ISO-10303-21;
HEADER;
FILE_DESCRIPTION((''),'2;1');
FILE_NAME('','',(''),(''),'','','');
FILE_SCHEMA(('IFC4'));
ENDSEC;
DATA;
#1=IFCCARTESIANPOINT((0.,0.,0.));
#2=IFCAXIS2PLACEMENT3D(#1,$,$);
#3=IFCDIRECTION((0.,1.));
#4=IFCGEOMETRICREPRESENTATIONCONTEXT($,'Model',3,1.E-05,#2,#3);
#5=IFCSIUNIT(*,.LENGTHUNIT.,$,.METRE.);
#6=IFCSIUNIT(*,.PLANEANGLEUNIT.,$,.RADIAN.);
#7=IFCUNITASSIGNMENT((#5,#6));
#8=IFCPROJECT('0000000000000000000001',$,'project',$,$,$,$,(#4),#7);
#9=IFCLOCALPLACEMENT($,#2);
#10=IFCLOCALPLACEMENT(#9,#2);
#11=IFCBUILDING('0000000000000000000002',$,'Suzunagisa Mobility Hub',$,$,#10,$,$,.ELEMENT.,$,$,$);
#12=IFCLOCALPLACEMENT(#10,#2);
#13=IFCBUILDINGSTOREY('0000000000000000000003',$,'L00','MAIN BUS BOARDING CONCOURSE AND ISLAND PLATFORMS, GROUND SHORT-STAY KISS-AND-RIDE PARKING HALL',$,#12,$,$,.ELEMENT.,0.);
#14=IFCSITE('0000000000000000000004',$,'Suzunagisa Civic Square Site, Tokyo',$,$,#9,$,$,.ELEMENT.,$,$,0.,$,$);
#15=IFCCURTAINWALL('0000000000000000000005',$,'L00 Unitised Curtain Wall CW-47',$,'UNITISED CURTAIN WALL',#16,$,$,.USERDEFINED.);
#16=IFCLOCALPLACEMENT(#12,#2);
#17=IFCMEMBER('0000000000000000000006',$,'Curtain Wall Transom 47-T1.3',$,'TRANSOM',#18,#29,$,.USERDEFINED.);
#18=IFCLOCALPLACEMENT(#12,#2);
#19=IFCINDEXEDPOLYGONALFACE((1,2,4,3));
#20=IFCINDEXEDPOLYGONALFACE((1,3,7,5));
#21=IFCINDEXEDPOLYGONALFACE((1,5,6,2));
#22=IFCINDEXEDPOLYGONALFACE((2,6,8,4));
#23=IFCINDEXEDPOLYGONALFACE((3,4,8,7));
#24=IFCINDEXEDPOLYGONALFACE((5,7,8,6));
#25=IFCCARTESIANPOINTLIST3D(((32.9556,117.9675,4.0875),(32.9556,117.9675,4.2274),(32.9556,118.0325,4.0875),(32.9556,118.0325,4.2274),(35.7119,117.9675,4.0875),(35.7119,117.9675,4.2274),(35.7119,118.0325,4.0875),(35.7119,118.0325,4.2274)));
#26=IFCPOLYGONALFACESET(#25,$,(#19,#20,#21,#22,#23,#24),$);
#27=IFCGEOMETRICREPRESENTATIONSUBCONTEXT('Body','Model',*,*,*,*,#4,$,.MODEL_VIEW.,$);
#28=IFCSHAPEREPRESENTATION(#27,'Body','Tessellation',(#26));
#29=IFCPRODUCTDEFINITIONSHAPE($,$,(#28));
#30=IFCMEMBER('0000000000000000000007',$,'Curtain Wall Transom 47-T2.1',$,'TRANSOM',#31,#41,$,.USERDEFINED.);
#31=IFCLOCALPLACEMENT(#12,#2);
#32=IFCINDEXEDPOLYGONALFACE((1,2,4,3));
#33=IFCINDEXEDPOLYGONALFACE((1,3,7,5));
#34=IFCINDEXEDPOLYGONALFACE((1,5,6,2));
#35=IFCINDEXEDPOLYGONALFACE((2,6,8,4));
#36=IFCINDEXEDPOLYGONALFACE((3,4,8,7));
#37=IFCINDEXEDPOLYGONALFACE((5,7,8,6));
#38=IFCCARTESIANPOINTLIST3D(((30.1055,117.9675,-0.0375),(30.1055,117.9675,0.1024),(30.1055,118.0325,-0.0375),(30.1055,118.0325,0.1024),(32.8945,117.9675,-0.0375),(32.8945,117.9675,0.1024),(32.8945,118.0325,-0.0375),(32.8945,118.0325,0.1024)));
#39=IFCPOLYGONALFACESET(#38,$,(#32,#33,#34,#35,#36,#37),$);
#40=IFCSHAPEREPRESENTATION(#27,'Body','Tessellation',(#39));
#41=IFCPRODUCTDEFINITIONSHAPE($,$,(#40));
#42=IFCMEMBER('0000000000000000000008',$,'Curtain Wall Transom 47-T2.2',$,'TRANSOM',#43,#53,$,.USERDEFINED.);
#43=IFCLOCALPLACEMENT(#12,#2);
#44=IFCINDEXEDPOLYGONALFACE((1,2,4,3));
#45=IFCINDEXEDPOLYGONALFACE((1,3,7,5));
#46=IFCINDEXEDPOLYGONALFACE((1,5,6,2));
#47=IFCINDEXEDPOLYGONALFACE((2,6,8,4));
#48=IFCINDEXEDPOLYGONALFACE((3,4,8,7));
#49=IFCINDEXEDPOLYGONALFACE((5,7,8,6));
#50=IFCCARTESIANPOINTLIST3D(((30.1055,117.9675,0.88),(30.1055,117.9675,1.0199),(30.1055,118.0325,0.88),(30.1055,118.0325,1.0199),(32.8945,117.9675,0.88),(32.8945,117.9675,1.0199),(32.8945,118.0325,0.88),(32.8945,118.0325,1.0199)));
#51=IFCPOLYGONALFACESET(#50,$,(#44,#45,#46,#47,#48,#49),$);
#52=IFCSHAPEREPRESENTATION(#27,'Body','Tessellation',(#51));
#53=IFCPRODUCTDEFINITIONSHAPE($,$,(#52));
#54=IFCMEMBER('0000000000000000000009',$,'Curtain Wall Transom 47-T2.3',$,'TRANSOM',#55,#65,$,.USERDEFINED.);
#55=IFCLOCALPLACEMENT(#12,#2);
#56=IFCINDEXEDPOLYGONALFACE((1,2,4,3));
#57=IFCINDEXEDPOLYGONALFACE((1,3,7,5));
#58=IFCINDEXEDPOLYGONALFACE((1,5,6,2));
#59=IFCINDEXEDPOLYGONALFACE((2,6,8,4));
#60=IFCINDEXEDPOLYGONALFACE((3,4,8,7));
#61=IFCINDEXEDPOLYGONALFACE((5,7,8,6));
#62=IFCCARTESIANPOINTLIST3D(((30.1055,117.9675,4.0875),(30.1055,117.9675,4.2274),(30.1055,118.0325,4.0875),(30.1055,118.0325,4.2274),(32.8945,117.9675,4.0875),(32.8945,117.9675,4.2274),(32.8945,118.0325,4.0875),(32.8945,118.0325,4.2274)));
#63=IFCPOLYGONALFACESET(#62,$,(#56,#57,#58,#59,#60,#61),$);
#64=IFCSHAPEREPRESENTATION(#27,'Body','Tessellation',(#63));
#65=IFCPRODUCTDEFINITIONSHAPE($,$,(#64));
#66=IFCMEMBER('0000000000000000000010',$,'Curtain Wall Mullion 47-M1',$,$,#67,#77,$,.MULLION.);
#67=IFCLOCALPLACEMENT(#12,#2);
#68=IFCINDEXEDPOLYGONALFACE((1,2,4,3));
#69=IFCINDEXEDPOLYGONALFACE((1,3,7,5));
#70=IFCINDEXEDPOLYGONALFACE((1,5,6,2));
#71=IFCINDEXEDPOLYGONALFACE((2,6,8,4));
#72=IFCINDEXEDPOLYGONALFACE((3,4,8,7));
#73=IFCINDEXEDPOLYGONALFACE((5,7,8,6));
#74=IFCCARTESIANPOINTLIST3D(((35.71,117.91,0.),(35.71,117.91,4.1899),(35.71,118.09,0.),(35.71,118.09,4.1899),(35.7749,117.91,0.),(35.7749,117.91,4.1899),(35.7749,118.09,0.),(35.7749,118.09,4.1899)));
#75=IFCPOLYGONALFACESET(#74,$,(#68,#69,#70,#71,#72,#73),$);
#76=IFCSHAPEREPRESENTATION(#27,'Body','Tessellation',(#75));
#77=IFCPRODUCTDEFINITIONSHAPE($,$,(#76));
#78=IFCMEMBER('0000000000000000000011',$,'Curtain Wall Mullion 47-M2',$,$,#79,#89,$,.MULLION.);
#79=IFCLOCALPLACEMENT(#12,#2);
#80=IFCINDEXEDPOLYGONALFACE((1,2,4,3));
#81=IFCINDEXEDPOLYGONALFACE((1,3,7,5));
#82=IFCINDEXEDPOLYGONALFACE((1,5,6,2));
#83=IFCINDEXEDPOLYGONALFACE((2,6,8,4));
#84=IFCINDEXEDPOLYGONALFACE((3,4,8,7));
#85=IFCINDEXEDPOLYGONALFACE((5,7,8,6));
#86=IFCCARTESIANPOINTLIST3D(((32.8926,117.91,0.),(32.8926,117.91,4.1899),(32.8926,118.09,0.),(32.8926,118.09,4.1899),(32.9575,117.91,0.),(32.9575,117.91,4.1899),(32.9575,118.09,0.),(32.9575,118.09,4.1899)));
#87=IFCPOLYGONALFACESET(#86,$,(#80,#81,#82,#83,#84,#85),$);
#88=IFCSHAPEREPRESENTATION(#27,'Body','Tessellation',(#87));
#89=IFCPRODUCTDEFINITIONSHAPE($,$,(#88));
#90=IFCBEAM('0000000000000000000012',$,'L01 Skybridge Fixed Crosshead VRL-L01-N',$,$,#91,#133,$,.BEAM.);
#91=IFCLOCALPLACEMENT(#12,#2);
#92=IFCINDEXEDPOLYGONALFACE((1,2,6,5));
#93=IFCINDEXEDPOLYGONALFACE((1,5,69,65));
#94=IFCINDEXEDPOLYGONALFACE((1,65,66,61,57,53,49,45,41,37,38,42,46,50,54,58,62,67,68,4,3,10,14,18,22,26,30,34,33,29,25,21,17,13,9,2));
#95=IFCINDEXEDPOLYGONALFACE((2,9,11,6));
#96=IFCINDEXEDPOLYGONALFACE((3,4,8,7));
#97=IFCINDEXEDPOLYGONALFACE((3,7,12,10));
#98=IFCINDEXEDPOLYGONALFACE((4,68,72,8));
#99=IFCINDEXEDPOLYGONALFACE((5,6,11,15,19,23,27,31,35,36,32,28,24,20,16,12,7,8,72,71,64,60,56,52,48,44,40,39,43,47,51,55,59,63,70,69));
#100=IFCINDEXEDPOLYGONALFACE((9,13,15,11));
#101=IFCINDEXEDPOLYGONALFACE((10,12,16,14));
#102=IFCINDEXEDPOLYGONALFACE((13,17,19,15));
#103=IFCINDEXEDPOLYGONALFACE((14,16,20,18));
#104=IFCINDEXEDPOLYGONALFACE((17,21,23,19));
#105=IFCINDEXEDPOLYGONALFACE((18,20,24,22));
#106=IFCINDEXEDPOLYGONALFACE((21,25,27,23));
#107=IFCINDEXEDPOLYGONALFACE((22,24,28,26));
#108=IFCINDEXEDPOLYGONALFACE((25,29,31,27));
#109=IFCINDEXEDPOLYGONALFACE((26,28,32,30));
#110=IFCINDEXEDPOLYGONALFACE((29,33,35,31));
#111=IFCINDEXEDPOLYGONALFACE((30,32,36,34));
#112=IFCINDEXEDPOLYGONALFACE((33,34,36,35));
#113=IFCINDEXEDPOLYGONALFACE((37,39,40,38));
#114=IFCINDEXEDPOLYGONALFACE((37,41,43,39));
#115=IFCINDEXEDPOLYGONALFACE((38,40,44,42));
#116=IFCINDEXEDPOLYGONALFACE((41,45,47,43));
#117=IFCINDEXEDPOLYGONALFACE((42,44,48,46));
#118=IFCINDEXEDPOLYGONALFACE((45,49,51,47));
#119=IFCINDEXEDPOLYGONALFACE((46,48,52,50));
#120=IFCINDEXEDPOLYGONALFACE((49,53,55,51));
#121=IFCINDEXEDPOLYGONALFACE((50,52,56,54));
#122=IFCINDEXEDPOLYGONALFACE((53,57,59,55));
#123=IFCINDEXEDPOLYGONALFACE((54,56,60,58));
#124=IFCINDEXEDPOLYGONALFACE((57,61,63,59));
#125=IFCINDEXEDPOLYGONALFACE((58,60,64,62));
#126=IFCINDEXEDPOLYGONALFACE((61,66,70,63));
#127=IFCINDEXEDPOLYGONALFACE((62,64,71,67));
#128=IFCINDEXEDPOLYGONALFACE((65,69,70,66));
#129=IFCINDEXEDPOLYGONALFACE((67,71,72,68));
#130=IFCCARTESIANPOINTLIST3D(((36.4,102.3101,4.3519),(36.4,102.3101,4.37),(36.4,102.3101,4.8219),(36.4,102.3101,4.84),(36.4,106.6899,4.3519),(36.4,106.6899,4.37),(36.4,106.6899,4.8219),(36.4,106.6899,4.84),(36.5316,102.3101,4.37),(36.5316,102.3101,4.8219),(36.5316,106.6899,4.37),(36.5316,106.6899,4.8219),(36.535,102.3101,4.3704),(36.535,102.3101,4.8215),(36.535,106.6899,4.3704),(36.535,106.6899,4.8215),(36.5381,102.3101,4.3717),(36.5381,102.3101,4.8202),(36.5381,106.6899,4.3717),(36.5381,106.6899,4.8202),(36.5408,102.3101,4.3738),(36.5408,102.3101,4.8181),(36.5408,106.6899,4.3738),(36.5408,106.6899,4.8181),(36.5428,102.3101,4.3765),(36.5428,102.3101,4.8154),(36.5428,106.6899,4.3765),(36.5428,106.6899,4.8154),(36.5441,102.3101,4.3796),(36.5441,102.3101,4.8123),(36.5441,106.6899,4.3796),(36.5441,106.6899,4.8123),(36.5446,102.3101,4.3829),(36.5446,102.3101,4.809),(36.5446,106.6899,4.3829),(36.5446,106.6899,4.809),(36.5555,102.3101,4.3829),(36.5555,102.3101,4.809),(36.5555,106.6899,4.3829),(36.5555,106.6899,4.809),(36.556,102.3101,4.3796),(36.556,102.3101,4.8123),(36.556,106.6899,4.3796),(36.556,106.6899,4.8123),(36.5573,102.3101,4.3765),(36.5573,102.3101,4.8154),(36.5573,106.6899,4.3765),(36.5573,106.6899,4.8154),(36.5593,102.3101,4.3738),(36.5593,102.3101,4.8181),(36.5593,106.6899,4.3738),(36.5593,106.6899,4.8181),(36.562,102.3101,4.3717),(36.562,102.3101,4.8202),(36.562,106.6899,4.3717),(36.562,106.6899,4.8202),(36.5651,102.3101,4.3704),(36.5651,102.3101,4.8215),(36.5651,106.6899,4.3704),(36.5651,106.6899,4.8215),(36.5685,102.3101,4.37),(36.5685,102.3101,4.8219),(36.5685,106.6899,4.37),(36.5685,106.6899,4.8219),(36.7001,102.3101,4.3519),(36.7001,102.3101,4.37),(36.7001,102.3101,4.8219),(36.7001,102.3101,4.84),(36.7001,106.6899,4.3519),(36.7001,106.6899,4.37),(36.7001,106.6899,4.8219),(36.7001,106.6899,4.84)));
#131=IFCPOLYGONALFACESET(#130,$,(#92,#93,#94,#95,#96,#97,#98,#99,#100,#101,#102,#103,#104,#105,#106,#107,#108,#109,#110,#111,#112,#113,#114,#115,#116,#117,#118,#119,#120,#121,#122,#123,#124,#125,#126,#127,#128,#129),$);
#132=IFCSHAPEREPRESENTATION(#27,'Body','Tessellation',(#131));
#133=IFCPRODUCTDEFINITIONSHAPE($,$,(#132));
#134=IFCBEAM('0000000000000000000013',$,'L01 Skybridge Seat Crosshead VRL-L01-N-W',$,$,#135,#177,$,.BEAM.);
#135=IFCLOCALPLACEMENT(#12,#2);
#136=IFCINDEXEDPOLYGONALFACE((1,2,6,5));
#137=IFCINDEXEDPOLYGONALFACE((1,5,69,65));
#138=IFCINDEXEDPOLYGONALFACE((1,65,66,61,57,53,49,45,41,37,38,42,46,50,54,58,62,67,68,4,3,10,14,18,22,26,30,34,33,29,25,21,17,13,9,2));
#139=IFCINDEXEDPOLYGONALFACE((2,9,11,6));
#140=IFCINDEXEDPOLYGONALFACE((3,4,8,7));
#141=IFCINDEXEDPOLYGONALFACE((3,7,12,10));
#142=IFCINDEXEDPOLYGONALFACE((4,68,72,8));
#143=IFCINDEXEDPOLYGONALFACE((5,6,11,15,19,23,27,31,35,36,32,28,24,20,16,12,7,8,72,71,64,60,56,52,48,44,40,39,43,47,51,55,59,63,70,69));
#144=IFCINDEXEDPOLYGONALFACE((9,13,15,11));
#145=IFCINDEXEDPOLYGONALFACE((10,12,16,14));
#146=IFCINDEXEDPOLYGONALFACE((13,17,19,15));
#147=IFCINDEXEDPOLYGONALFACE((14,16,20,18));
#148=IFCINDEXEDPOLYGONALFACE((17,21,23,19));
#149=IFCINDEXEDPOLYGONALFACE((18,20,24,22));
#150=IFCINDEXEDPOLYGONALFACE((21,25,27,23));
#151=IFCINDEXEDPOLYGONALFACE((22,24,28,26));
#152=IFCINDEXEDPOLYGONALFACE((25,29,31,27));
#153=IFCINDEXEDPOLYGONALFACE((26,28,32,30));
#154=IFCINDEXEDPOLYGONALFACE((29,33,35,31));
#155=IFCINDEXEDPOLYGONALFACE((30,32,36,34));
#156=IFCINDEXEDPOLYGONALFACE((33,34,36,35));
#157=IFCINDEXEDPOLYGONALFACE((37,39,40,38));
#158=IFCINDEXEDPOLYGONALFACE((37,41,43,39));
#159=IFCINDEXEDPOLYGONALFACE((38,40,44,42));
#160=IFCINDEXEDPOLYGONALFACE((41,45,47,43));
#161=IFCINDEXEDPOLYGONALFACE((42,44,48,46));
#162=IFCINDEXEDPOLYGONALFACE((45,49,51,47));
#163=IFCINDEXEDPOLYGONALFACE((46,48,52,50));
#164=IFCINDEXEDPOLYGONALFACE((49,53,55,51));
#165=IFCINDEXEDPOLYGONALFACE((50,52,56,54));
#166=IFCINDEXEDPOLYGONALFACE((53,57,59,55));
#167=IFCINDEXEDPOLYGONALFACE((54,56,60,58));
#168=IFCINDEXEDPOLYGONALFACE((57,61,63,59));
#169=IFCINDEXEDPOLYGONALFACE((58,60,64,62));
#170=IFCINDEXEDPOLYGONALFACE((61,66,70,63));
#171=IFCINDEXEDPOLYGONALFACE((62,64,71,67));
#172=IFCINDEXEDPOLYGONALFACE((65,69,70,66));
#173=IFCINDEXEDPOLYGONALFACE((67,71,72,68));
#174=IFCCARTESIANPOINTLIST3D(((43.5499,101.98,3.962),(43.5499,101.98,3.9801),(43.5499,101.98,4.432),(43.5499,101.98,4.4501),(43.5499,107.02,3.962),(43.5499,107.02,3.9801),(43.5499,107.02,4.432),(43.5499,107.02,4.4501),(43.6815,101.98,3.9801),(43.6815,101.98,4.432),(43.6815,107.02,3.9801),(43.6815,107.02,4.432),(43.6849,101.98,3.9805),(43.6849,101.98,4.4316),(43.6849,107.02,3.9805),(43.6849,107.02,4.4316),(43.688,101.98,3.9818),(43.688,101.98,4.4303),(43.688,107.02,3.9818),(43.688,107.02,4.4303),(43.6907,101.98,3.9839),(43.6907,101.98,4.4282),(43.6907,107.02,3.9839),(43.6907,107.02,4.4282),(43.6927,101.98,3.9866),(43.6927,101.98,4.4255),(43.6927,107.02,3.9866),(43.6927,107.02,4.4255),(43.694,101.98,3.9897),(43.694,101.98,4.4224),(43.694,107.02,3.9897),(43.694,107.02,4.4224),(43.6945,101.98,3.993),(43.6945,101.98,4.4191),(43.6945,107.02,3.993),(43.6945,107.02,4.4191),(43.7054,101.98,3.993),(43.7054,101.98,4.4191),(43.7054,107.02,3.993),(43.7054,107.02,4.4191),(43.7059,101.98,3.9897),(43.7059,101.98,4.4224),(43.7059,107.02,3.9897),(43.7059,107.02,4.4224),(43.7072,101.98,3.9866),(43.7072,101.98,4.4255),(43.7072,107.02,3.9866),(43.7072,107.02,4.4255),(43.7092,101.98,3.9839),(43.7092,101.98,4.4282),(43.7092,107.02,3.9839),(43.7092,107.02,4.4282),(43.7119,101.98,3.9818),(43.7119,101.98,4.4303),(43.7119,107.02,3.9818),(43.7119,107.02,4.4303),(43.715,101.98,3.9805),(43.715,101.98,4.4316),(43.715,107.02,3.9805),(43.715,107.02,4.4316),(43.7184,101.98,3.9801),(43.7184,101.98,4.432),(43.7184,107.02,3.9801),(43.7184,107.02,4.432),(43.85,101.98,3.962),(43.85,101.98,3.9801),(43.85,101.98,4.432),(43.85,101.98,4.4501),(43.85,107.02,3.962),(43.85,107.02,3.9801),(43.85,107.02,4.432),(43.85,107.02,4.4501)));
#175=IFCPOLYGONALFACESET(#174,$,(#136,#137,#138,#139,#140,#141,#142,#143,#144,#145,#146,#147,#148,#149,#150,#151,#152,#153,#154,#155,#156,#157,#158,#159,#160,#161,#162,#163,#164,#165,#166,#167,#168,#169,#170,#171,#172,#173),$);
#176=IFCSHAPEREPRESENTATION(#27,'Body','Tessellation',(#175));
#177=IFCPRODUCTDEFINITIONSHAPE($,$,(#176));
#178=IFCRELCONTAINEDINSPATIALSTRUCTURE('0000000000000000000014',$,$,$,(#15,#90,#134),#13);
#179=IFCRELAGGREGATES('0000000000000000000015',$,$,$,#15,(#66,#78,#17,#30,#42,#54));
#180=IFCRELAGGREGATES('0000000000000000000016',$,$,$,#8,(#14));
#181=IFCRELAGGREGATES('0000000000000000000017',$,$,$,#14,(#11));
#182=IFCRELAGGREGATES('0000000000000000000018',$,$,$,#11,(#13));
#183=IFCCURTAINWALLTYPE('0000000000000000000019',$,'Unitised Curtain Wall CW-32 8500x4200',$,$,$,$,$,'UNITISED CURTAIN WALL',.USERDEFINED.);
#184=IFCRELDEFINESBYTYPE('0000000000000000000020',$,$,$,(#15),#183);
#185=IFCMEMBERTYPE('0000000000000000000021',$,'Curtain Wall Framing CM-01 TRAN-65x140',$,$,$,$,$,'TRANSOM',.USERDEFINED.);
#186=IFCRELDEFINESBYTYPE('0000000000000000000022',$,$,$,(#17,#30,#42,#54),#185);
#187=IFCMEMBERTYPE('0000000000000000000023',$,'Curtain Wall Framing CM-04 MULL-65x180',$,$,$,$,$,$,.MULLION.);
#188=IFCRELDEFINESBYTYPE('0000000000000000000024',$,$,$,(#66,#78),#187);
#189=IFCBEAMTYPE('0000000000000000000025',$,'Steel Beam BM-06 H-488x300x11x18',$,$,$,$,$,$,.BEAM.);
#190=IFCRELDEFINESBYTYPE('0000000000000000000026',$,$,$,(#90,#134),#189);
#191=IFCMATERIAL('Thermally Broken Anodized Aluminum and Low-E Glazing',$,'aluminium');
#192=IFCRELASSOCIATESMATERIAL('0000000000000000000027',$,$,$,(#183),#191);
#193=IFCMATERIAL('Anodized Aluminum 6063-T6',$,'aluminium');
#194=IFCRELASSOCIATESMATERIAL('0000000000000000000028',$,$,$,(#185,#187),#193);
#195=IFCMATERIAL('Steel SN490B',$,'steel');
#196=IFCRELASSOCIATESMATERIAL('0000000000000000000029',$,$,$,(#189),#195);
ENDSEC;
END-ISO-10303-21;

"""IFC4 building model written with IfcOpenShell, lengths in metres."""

from ifc_helpers import new_model, si_unit, direction, frame, origin, origin_2d, place, context, subcontext, project, spatial, rectangle, i_section, extrude, material, material_profile, profile_set, type_object, element, aggregate, save


model = new_model("IFC4")

# Units and contexts
model_context = context("Model", 3, precision=1e-05, world=origin(), true_north=direction((0.0, 1.0)))
body_context = subcontext(model_context, "Body", "Model", "MODEL_VIEW")
ifc_project = project(units=[si_unit("LENGTHUNIT", "METRE"), si_unit("PLANEANGLEUNIT", "RADIAN")], contexts=[model_context])

# Site, building, storey
site_placement = place(None, origin())
site = spatial("IfcSite", under=ifc_project, at=site_placement, Name="Suzunagisa Civic Square Site, Tokyo", CompositionType="ELEMENT", RefElevation=0.0)
building_placement = place(site_placement, origin())
building = spatial("IfcBuilding", under=site, at=building_placement, Name="Suzunagisa Mobility Hub", CompositionType="ELEMENT")
storey_placement = place(building_placement, origin())
storey = spatial("IfcBuildingStorey", under=building, at=storey_placement, Name="L00", Description="MAIN BUS BOARDING CONCOURSE AND ISLAND PLATFORMS, GROUND SHORT-STAY KISS-AND-RIDE PARKING HALL", CompositionType="ELEMENT", Elevation=0.0)

# Shared definitions
ifc_material_1 = material(Name="Steel SN490B", Category="steel")

# Curtain wall, members
ifc_material_2 = material(Name="Thermally Broken Anodized Aluminum and Low-E Glazing", Category="aluminium")
curtain_wall_type = type_object("IfcCurtainWallType", Name="Unitised Curtain Wall CW-32 8500x4200", ElementType="UNITISED CURTAIN WALL", PredefinedType="USERDEFINED", material=ifc_material_2)
curtain_wall_placement = place(storey_placement, origin())
curtain_wall = element("IfcCurtainWall", 1, at=curtain_wall_placement, inside=storey, type_object=curtain_wall_type, Name="L00 Unitised Curtain Wall CW-47", ObjectType="UNITISED CURTAIN WALL", PredefinedType="USERDEFINED")
ifc_material_3 = material(Name="Anodized Aluminum 6063-T6", Category="aluminium")
ifc_material_profile_1 = material_profile(ifc_material_3, rectangle(XDim=0.0649, YDim=0.1399, at=origin_2d()), Name="TRAN-65x140")
ifc_profile_set_1 = profile_set([ifc_material_profile_1], Name="Anodized Aluminum 6063-T6")
member_type_1 = type_object("IfcMemberType", Name="Curtain Wall Framing CM-01 TRAN-65x140", ElementType="TRANSOM", PredefinedType="USERDEFINED", material=ifc_profile_set_1)
member_1_placement = place(storey_placement, frame((35.7119, 118.0, 4.1575), z_axis=(-1.0, 0.0, 0.0), x_axis=(0.0, -1.0, 0.0)))
member_1 = element("IfcMember", 2, at=member_1_placement, type_object=member_type_1, Name="Curtain Wall Transom 47-T1.3", ObjectType="TRANSOM", PredefinedType="USERDEFINED", context=body_context, shape_type="SweptSolid", body=[
    extrude(rectangle(XDim=0.0649, YDim=0.1399, at=origin_2d()), origin(), (0.0, 0.0, 1.0), 2.7563),
])
member_2_placement = place(storey_placement, frame((32.8945, 118.0, 0.0325), z_axis=(-1.0, 0.0, 0.0), x_axis=(0.0, -1.0, 0.0)))
member_2 = element("IfcMember", 3, at=member_2_placement, type_object=member_type_1, Name="Curtain Wall Transom 47-T2.1", ObjectType="TRANSOM", PredefinedType="USERDEFINED", context=body_context, shape_type="SweptSolid", body=[
    extrude(rectangle(XDim=0.0649, YDim=0.1399, at=origin_2d()), origin(), (0.0, 0.0, 1.0), 2.7891),
])
member_3_placement = place(storey_placement, frame((32.8945, 118.0, 0.95), z_axis=(-1.0, 0.0, 0.0), x_axis=(0.0, -1.0, 0.0)))
member_3 = element("IfcMember", 4, at=member_3_placement, type_object=member_type_1, Name="Curtain Wall Transom 47-T2.2", ObjectType="TRANSOM", PredefinedType="USERDEFINED", context=body_context, shape_type="SweptSolid", body=[
    extrude(rectangle(XDim=0.0649, YDim=0.1399, at=origin_2d()), origin(), (0.0, 0.0, 1.0), 2.7891),
])
member_4_placement = place(storey_placement, frame((32.8945, 118.0, 4.1575), z_axis=(-1.0, 0.0, 0.0), x_axis=(0.0, -1.0, 0.0)))
member_4 = element("IfcMember", 5, at=member_4_placement, type_object=member_type_1, Name="Curtain Wall Transom 47-T2.3", ObjectType="TRANSOM", PredefinedType="USERDEFINED", context=body_context, shape_type="SweptSolid", body=[
    extrude(rectangle(XDim=0.0649, YDim=0.1399, at=origin_2d()), origin(), (0.0, 0.0, 1.0), 2.7891),
])
ifc_material_profile_2 = material_profile(ifc_material_3, rectangle(XDim=0.0649, YDim=0.1799, at=origin_2d()), Name="MULL-65x180")
ifc_profile_set_2 = profile_set([ifc_material_profile_2], Name="Anodized Aluminum 6063-T6")
member_type_2 = type_object("IfcMemberType", Name="Curtain Wall Framing CM-04 MULL-65x180", PredefinedType="MULLION", material=ifc_profile_set_2)
member_5_placement = place(storey_placement, frame((35.7424, 118.0, 0.0), z_axis=(0.0, 0.0, 1.0), x_axis=(-1.0, 0.0, 0.0)))
member_5 = element("IfcMember", 6, at=member_5_placement, type_object=member_type_2, Name="Curtain Wall Mullion 47-M1", PredefinedType="MULLION", context=body_context, shape_type="SweptSolid", body=[
    extrude(rectangle(XDim=0.0649, YDim=0.1799, at=origin_2d()), origin(), (0.0, 0.0, 1.0), 4.1899),
])
member_6_placement = place(storey_placement, frame((32.925, 118.0, 0.0), z_axis=(0.0, 0.0, 1.0), x_axis=(-1.0, 0.0, 0.0)))
member_6 = element("IfcMember", 7, at=member_6_placement, type_object=member_type_2, Name="Curtain Wall Mullion 47-M2", PredefinedType="MULLION", context=body_context, shape_type="SweptSolid", body=[
    extrude(rectangle(XDim=0.0649, YDim=0.1799, at=origin_2d()), origin(), (0.0, 0.0, 1.0), 4.1899),
])

# Beams
ifc_material_profile_3 = material_profile(ifc_material_1, i_section(OverallWidth=0.3, OverallDepth=0.488, WebThickness=0.011, FlangeThickness=0.0181, FilletRadius=0.0129, at=origin_2d()), Name="H-488x300x11x18")
ifc_profile_set_3 = profile_set([ifc_material_profile_3], Name="Steel SN490B")
beam_type_1 = type_object("IfcBeamType", Name="Steel Beam BM-06 H-488x300x11x18", PredefinedType="BEAM", material=ifc_profile_set_3)
beam_placement = place(storey_placement, frame((36.55, 102.3101, 4.5959), z_axis=(0.0, 1.0, 0.0), x_axis=(-1.0, 0.0, 0.0)))
element("IfcBeam", 8, at=beam_placement, inside=storey, type_object=beam_type_1, Name="L01 Skybridge Fixed Crosshead VRL-L01-N", PredefinedType="BEAM", context=body_context, shape_type="SweptSolid", body=[
    extrude(i_section(OverallWidth=0.3, OverallDepth=0.488, WebThickness=0.011, FlangeThickness=0.0181, FilletRadius=0.0129, at=origin_2d()), origin(), (0.0, 0.0, 1.0), 4.3799),
])
for number, where, z_axis, x_axis, name in (
    (9, (43.7, 101.98, 4.2061), (0.0, 1.0, 0.0), (-1.0, 0.0, 0.0), "L01 Skybridge Seat Crosshead VRL-L01-N-W"),
):
    element("IfcBeam", number, at=place(storey_placement, frame(where, z_axis=z_axis, x_axis=x_axis)), inside=storey, type_object=beam_type_1, Name=name, PredefinedType="BEAM", context=body_context, shape_type="SweptSolid", body=[
        extrude(i_section(OverallWidth=0.3, OverallDepth=0.488, WebThickness=0.011, FlangeThickness=0.0181, FilletRadius=0.0129, at=origin_2d()), origin(), (0.0, 0.0, 1.0), 5.04),
    ])

aggregate(curtain_wall, [member_5, member_6, member_1, member_2, member_3, member_4])

save(model, "model.ifc")
